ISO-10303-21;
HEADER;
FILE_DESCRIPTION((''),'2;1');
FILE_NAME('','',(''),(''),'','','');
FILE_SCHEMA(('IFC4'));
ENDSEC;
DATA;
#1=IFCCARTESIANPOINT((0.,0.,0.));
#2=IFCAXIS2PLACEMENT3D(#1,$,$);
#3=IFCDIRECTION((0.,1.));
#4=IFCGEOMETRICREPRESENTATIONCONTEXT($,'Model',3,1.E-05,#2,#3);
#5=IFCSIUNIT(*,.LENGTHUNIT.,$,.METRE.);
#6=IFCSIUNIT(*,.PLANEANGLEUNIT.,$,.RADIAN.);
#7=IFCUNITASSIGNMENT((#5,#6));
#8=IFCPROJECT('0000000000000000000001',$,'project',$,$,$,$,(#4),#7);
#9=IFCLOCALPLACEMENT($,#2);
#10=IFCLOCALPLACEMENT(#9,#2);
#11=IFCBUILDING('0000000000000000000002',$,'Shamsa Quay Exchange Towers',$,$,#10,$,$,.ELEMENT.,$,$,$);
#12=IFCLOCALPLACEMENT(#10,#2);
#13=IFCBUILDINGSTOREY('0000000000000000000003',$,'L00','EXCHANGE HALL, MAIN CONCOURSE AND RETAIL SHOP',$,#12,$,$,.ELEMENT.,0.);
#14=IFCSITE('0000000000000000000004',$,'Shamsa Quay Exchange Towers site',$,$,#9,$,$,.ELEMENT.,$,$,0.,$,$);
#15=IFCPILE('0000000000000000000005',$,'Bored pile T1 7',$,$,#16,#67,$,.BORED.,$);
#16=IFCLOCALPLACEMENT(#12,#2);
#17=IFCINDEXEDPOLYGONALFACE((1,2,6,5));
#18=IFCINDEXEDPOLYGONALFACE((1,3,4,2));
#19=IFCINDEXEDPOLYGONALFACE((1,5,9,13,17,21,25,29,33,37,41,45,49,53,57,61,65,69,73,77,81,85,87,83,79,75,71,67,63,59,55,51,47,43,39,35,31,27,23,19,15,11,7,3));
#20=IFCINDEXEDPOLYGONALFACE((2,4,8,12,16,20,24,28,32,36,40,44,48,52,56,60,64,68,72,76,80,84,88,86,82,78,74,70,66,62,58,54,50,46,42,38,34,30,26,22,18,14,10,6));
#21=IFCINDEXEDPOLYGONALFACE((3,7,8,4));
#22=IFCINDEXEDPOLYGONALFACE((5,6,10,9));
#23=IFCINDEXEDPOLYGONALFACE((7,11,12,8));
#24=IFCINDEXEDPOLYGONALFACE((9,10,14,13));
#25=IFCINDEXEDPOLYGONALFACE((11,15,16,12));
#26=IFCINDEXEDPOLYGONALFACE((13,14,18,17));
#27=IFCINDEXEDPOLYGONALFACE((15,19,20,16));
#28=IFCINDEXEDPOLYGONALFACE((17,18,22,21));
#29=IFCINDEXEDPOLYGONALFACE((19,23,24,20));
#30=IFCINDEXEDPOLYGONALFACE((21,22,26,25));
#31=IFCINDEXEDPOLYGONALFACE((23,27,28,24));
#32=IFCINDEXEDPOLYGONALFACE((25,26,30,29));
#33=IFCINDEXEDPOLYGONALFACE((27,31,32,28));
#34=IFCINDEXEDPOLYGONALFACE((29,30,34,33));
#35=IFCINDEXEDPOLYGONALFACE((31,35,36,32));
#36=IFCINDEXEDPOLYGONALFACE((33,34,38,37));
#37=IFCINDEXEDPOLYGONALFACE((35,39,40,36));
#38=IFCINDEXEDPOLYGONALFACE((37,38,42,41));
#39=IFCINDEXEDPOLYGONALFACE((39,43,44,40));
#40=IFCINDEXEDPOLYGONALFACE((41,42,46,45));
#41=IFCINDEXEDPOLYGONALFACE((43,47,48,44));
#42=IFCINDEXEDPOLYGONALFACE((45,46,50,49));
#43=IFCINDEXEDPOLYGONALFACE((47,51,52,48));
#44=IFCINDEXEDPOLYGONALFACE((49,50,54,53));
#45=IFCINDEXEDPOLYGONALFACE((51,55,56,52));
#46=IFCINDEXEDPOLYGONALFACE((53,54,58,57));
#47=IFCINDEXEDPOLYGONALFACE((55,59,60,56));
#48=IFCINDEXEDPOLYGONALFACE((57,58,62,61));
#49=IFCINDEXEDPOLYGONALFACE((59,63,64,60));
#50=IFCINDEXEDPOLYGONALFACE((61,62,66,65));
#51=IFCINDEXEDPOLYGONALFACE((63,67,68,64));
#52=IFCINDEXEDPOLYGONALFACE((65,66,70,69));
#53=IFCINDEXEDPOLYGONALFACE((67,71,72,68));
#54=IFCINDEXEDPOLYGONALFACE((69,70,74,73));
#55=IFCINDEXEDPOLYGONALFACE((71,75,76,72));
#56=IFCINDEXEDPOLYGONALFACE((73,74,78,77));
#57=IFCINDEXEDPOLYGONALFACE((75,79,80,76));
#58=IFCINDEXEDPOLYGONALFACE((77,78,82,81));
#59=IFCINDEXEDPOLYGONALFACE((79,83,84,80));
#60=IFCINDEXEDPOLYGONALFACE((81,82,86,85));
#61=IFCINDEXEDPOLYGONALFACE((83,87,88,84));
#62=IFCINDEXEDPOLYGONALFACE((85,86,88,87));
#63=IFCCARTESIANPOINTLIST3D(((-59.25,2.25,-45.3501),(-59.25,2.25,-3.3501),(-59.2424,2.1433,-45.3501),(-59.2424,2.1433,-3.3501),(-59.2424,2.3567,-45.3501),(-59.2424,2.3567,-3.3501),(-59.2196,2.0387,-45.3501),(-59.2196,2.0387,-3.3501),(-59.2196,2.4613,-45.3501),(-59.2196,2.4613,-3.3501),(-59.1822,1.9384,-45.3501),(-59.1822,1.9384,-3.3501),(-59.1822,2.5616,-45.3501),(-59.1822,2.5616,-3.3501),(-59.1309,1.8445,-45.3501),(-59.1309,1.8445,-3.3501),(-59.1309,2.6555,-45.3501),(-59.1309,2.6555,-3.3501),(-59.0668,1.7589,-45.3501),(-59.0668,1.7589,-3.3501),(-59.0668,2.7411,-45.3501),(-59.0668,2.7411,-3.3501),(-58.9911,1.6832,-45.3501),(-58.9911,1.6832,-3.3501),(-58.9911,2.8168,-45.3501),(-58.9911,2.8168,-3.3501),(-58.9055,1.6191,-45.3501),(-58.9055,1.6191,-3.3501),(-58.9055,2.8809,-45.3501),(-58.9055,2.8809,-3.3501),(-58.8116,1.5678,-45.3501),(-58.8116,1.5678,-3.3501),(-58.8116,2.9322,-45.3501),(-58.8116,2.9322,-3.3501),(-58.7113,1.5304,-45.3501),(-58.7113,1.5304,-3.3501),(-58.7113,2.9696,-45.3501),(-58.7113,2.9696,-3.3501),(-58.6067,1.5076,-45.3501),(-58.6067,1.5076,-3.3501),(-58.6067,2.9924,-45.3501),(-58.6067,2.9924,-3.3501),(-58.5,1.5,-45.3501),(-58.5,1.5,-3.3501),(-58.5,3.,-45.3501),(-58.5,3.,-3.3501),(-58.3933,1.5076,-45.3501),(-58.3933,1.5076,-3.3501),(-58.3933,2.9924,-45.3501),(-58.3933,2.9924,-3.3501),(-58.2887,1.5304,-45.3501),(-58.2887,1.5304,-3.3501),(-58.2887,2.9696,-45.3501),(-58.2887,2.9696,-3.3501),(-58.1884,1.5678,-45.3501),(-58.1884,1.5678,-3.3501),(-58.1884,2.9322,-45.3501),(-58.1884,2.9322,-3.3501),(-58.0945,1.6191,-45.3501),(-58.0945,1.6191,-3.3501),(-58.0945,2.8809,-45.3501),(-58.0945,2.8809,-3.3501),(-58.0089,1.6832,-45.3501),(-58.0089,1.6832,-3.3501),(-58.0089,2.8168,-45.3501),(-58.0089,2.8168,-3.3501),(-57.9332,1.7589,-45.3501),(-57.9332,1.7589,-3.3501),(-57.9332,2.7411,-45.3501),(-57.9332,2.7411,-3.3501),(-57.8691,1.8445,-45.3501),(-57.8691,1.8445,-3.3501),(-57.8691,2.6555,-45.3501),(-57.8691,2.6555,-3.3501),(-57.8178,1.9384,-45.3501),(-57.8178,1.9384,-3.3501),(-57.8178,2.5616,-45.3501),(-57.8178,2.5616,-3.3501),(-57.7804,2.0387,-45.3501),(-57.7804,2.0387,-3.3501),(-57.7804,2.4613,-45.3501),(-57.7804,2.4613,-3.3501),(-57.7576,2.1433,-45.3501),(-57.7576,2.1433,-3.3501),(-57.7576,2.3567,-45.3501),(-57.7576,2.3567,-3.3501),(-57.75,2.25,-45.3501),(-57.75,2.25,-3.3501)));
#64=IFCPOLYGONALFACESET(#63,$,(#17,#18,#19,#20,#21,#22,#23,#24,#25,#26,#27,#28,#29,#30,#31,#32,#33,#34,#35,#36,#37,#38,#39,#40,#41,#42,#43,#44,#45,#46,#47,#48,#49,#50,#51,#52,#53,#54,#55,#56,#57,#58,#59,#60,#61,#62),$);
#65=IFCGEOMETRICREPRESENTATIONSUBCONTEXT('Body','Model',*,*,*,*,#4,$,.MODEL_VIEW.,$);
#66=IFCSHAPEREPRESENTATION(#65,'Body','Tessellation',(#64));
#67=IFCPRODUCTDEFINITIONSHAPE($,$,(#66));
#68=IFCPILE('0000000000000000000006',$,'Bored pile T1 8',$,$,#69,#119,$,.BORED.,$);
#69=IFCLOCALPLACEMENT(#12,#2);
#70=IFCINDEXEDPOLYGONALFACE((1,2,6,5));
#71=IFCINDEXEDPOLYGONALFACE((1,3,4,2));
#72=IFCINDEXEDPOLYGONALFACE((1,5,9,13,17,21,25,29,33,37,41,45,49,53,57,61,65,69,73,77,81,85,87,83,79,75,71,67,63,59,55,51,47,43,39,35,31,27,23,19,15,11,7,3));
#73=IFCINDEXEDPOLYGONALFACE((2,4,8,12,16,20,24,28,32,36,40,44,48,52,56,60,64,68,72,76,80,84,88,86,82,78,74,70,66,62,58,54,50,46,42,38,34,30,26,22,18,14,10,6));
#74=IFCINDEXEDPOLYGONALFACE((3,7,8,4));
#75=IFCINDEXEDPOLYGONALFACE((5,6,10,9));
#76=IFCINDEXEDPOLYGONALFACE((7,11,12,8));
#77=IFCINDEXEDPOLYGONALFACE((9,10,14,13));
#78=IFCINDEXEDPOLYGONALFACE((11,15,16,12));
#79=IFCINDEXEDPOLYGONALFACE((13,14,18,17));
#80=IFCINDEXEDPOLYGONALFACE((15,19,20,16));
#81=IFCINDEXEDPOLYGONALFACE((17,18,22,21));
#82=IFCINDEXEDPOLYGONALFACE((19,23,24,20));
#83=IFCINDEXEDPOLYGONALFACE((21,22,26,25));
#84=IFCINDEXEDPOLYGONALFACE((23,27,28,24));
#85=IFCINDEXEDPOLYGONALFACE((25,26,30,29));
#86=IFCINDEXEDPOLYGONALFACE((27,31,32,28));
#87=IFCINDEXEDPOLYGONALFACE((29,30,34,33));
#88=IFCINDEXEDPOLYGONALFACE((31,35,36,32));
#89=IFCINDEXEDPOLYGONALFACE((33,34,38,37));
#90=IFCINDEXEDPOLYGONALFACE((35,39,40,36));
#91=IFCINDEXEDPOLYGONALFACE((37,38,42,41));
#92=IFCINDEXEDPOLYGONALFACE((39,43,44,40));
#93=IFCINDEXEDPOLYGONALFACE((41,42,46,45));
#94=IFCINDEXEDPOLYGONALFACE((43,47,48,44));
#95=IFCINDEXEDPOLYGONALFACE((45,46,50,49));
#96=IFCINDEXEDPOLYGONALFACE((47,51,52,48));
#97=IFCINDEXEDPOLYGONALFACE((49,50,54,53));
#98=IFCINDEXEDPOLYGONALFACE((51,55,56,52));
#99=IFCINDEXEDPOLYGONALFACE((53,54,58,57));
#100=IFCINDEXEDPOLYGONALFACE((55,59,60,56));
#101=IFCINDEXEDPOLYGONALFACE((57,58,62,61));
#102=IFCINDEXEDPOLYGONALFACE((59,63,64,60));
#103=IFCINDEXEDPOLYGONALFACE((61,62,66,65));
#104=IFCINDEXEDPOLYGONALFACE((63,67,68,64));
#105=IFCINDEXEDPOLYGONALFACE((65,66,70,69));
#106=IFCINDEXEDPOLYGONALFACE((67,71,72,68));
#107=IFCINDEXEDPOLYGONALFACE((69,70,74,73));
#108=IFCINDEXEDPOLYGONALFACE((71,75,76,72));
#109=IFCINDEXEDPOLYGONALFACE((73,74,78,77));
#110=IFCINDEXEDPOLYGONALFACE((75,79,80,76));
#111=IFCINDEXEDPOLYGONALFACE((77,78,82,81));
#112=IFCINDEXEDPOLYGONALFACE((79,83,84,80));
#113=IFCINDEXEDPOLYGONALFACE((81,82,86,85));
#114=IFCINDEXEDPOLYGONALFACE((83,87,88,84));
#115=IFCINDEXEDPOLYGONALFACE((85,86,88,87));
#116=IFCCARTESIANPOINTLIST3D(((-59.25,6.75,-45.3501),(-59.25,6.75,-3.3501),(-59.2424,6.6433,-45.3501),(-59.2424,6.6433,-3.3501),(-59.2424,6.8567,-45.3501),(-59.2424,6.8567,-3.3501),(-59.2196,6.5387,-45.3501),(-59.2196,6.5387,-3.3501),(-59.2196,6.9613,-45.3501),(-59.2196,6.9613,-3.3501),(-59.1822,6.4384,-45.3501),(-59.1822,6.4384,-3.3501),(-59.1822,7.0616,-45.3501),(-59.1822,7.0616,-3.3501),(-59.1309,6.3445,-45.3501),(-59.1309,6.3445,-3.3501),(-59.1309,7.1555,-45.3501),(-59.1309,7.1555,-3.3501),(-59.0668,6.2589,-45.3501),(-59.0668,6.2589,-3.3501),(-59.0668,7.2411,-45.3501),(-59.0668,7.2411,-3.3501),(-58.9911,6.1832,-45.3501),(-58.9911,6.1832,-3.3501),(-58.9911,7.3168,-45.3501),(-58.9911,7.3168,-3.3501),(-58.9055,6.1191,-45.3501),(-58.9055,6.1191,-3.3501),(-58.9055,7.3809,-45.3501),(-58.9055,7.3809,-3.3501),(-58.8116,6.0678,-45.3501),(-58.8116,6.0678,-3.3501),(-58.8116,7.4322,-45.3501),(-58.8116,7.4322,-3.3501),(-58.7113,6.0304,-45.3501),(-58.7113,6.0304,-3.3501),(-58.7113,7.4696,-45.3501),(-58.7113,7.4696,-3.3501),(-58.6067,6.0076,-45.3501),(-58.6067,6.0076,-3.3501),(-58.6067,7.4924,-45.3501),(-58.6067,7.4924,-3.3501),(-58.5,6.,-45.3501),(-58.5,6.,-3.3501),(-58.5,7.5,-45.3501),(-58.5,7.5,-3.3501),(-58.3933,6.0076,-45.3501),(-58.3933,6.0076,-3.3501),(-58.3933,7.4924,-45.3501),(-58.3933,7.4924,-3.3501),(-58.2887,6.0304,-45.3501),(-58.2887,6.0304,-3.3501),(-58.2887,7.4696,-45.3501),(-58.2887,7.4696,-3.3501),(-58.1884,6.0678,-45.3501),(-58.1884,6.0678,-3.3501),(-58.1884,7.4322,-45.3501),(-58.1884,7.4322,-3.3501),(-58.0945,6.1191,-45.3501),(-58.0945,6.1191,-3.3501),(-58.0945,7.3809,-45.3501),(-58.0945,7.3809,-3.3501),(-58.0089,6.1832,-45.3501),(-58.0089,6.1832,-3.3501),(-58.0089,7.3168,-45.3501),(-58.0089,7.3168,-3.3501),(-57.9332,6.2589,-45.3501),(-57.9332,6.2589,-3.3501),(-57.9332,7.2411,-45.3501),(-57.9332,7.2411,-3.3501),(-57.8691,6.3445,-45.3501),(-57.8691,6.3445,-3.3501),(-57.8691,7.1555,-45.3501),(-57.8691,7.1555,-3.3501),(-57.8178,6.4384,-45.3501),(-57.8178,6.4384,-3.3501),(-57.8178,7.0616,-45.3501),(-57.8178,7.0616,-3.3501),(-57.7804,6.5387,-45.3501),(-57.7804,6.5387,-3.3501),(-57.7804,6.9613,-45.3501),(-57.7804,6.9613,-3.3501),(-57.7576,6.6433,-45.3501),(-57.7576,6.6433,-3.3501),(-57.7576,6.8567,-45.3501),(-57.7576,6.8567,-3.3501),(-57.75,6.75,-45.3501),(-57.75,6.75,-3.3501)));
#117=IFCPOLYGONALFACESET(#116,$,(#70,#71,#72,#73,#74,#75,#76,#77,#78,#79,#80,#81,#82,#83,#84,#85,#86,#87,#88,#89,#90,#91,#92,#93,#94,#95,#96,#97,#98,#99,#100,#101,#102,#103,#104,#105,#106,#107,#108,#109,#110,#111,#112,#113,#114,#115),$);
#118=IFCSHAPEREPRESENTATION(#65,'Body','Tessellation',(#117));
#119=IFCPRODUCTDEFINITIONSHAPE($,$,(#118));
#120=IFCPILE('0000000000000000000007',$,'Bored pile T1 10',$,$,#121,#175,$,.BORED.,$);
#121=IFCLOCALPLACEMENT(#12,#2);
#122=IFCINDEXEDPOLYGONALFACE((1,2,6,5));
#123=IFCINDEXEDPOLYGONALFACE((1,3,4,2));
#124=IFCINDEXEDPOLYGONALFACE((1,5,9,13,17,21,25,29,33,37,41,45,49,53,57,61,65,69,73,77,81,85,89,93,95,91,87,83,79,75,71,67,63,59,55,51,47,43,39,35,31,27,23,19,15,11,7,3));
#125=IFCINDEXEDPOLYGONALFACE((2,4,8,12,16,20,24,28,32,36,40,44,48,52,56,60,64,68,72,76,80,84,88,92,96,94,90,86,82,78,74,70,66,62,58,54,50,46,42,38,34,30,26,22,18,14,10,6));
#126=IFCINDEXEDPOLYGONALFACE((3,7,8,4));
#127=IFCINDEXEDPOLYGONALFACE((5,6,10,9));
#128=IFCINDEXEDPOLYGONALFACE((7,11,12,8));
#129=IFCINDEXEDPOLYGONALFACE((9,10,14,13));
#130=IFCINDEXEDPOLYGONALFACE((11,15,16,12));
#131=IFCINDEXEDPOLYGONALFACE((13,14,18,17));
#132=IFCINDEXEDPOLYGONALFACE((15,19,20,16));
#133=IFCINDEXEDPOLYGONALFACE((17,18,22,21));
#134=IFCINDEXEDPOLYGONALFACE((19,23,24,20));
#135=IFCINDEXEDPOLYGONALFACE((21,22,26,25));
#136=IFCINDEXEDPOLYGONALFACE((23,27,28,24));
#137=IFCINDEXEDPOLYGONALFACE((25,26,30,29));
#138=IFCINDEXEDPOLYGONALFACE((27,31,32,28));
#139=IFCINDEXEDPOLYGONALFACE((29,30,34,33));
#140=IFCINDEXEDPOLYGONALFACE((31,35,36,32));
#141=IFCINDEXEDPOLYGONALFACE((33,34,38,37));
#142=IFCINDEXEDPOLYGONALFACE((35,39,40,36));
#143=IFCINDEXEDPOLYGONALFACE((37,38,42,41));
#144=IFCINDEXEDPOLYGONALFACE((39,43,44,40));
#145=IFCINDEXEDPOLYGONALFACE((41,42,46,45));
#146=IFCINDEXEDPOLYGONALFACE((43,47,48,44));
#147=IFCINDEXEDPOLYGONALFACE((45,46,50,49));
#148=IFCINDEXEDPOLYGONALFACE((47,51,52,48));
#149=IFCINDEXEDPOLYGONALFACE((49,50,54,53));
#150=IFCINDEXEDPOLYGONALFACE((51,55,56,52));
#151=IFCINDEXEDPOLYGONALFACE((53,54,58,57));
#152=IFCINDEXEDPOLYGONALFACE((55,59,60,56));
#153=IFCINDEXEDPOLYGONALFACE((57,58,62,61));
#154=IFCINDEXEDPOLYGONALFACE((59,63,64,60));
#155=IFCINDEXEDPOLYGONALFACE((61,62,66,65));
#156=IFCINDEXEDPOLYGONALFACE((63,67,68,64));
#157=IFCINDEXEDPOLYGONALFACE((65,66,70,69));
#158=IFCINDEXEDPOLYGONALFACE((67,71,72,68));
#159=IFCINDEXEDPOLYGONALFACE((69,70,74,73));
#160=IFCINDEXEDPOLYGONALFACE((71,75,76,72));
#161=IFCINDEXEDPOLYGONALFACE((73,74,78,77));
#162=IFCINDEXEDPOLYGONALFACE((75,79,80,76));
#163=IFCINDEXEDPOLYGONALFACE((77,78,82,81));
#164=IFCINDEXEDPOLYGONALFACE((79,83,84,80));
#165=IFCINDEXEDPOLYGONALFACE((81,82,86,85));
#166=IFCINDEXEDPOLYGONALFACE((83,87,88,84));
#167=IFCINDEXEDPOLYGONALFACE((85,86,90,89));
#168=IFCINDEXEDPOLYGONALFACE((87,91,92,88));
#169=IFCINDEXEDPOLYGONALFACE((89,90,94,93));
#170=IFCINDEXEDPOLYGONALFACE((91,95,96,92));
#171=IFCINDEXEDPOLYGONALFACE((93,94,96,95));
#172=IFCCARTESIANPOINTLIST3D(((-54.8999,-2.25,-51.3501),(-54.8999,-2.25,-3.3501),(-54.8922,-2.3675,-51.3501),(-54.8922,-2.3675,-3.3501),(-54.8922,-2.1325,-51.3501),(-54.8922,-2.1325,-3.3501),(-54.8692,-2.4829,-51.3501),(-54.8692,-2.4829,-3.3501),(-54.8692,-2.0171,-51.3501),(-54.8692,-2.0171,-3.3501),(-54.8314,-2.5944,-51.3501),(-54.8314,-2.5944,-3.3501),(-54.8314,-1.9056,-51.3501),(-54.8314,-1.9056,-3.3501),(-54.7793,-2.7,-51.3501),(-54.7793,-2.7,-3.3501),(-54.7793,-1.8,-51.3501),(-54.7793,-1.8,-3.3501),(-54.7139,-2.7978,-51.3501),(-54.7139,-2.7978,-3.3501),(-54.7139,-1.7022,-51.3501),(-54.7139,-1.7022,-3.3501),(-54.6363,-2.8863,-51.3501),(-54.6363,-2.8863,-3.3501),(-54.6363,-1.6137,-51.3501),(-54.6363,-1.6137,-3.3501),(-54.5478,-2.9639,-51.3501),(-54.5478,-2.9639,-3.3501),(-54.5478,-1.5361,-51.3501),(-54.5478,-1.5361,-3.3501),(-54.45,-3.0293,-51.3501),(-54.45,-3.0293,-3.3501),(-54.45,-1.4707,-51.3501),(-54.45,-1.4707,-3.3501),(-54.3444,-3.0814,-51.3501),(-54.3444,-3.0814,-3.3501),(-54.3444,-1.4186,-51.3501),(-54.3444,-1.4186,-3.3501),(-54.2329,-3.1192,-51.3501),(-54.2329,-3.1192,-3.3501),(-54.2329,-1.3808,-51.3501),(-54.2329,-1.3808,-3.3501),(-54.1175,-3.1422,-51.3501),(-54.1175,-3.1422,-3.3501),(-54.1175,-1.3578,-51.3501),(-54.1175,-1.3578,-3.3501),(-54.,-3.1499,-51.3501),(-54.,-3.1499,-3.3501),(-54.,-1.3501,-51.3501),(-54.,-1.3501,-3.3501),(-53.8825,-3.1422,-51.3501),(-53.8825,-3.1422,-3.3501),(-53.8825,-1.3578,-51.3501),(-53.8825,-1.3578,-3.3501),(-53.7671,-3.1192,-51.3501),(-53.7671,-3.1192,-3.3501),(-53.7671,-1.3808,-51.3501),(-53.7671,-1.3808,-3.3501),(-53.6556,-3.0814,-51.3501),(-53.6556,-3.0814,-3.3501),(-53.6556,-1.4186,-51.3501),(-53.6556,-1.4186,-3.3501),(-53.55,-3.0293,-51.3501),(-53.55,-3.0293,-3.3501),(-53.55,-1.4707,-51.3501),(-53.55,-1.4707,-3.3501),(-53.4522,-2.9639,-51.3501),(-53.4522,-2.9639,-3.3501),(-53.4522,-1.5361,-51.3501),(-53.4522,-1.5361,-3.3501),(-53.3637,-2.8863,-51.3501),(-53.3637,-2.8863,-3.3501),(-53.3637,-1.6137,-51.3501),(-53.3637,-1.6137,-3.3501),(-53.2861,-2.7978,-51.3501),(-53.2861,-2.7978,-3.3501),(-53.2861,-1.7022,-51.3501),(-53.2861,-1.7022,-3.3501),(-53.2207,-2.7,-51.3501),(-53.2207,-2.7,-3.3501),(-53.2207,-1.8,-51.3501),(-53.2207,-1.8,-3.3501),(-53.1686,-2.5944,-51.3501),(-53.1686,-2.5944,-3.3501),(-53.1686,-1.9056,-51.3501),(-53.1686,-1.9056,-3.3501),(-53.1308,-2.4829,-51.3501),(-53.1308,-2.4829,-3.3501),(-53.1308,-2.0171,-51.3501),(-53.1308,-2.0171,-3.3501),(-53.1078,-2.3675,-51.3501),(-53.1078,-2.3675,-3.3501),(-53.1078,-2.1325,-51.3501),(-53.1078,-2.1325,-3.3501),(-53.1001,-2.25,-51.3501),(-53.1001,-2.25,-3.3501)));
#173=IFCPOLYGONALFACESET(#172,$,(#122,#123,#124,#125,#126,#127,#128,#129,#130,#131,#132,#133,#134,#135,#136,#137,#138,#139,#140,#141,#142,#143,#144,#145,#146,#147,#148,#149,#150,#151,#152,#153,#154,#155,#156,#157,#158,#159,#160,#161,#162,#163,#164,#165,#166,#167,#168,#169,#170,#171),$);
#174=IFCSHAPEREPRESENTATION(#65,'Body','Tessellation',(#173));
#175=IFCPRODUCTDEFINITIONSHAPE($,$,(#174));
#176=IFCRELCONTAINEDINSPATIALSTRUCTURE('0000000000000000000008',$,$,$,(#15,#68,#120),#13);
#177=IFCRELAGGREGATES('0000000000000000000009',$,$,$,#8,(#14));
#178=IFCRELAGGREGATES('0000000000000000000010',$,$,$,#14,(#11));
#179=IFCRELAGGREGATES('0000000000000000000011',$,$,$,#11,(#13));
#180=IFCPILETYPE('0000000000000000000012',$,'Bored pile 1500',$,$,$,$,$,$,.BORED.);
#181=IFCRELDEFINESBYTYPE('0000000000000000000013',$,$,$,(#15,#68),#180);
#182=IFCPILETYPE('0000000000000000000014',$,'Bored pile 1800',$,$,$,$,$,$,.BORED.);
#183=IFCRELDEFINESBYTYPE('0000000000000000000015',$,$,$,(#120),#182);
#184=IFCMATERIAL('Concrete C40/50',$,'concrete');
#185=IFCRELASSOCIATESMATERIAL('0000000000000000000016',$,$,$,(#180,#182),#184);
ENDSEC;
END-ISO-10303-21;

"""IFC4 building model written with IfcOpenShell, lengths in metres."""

from ifc_helpers import new_model, si_unit, direction, frame, origin, origin_2d, place, context, subcontext, project, spatial, circle, extrude, material, material_profile, profile_set, type_object, element, save


model = new_model("IFC4")

# Units and contexts
model_context = context("Model", 3, precision=1e-05, world=origin(), true_north=direction((0.0, 1.0)))
body_context = subcontext(model_context, "Body", "Model", "MODEL_VIEW")
ifc_project = project(units=[si_unit("LENGTHUNIT", "METRE"), si_unit("PLANEANGLEUNIT", "RADIAN")], contexts=[model_context])

# Site, building, storey
site_placement = place(None, origin())
site = spatial("IfcSite", under=ifc_project, at=site_placement, Name="Shamsa Quay Exchange Towers site", CompositionType="ELEMENT", RefElevation=0.0)
building_placement = place(site_placement, origin())
building = spatial("IfcBuilding", under=site, at=building_placement, Name="Shamsa Quay Exchange Towers", CompositionType="ELEMENT")
storey_placement = place(building_placement, origin())
storey = spatial("IfcBuildingStorey", under=building, at=storey_placement, Name="L00", Description="EXCHANGE HALL, MAIN CONCOURSE AND RETAIL SHOP", CompositionType="ELEMENT", Elevation=0.0)

# Piles
ifc_material_1 = material(Name="Concrete C40/50", Category="concrete")
ifc_material_profile_1 = material_profile(ifc_material_1, circle(Radius=0.75, at=origin_2d()), Name="BP1500")
ifc_profile_set_1 = profile_set([ifc_material_profile_1], Name="Concrete C40/50")
pile_type_1 = type_object("IfcPileType", Name="Bored pile 1500", PredefinedType="BORED", material=ifc_profile_set_1)
for number, where, z_axis, x_axis, name in (
    (1, (-58.5, 2.25, -3.3501), (0.0, 0.0, -1.0), (1.0, 0.0, 0.0), "Bored pile T1 7"),
    (2, (-58.5, 6.75, -3.3501), (0.0, 0.0, -1.0), (1.0, 0.0, 0.0), "Bored pile T1 8"),
):
    element("IfcPile", number, at=place(storey_placement, frame(where, z_axis=z_axis, x_axis=x_axis)), inside=storey, type_object=pile_type_1, Name=name, PredefinedType="BORED", context=body_context, shape_type="SweptSolid", body=[
        extrude(circle(Radius=0.75, at=origin_2d()), origin(), (0.0, 0.0, 1.0), 42.0),
    ])
ifc_material_profile_2 = material_profile(ifc_material_1, circle(Radius=0.8999, at=origin_2d()), Name="BP1800")
ifc_profile_set_2 = profile_set([ifc_material_profile_2], Name="Concrete C40/50")
pile_type_2 = type_object("IfcPileType", Name="Bored pile 1800", PredefinedType="BORED", material=ifc_profile_set_2)
for number, where, z_axis, x_axis, name in (
    (3, (-54.0, -2.25, -3.3501), (0.0, 0.0, -1.0), (1.0, 0.0, 0.0), "Bored pile T1 10"),
):
    element("IfcPile", number, at=place(storey_placement, frame(where, z_axis=z_axis, x_axis=x_axis)), inside=storey, type_object=pile_type_2, Name=name, PredefinedType="BORED", context=body_context, shape_type="SweptSolid", body=[
        extrude(circle(Radius=0.8999, at=origin_2d()), origin(), (0.0, 0.0, 1.0), 48.0),
    ])

save(model, "model.ifc")
